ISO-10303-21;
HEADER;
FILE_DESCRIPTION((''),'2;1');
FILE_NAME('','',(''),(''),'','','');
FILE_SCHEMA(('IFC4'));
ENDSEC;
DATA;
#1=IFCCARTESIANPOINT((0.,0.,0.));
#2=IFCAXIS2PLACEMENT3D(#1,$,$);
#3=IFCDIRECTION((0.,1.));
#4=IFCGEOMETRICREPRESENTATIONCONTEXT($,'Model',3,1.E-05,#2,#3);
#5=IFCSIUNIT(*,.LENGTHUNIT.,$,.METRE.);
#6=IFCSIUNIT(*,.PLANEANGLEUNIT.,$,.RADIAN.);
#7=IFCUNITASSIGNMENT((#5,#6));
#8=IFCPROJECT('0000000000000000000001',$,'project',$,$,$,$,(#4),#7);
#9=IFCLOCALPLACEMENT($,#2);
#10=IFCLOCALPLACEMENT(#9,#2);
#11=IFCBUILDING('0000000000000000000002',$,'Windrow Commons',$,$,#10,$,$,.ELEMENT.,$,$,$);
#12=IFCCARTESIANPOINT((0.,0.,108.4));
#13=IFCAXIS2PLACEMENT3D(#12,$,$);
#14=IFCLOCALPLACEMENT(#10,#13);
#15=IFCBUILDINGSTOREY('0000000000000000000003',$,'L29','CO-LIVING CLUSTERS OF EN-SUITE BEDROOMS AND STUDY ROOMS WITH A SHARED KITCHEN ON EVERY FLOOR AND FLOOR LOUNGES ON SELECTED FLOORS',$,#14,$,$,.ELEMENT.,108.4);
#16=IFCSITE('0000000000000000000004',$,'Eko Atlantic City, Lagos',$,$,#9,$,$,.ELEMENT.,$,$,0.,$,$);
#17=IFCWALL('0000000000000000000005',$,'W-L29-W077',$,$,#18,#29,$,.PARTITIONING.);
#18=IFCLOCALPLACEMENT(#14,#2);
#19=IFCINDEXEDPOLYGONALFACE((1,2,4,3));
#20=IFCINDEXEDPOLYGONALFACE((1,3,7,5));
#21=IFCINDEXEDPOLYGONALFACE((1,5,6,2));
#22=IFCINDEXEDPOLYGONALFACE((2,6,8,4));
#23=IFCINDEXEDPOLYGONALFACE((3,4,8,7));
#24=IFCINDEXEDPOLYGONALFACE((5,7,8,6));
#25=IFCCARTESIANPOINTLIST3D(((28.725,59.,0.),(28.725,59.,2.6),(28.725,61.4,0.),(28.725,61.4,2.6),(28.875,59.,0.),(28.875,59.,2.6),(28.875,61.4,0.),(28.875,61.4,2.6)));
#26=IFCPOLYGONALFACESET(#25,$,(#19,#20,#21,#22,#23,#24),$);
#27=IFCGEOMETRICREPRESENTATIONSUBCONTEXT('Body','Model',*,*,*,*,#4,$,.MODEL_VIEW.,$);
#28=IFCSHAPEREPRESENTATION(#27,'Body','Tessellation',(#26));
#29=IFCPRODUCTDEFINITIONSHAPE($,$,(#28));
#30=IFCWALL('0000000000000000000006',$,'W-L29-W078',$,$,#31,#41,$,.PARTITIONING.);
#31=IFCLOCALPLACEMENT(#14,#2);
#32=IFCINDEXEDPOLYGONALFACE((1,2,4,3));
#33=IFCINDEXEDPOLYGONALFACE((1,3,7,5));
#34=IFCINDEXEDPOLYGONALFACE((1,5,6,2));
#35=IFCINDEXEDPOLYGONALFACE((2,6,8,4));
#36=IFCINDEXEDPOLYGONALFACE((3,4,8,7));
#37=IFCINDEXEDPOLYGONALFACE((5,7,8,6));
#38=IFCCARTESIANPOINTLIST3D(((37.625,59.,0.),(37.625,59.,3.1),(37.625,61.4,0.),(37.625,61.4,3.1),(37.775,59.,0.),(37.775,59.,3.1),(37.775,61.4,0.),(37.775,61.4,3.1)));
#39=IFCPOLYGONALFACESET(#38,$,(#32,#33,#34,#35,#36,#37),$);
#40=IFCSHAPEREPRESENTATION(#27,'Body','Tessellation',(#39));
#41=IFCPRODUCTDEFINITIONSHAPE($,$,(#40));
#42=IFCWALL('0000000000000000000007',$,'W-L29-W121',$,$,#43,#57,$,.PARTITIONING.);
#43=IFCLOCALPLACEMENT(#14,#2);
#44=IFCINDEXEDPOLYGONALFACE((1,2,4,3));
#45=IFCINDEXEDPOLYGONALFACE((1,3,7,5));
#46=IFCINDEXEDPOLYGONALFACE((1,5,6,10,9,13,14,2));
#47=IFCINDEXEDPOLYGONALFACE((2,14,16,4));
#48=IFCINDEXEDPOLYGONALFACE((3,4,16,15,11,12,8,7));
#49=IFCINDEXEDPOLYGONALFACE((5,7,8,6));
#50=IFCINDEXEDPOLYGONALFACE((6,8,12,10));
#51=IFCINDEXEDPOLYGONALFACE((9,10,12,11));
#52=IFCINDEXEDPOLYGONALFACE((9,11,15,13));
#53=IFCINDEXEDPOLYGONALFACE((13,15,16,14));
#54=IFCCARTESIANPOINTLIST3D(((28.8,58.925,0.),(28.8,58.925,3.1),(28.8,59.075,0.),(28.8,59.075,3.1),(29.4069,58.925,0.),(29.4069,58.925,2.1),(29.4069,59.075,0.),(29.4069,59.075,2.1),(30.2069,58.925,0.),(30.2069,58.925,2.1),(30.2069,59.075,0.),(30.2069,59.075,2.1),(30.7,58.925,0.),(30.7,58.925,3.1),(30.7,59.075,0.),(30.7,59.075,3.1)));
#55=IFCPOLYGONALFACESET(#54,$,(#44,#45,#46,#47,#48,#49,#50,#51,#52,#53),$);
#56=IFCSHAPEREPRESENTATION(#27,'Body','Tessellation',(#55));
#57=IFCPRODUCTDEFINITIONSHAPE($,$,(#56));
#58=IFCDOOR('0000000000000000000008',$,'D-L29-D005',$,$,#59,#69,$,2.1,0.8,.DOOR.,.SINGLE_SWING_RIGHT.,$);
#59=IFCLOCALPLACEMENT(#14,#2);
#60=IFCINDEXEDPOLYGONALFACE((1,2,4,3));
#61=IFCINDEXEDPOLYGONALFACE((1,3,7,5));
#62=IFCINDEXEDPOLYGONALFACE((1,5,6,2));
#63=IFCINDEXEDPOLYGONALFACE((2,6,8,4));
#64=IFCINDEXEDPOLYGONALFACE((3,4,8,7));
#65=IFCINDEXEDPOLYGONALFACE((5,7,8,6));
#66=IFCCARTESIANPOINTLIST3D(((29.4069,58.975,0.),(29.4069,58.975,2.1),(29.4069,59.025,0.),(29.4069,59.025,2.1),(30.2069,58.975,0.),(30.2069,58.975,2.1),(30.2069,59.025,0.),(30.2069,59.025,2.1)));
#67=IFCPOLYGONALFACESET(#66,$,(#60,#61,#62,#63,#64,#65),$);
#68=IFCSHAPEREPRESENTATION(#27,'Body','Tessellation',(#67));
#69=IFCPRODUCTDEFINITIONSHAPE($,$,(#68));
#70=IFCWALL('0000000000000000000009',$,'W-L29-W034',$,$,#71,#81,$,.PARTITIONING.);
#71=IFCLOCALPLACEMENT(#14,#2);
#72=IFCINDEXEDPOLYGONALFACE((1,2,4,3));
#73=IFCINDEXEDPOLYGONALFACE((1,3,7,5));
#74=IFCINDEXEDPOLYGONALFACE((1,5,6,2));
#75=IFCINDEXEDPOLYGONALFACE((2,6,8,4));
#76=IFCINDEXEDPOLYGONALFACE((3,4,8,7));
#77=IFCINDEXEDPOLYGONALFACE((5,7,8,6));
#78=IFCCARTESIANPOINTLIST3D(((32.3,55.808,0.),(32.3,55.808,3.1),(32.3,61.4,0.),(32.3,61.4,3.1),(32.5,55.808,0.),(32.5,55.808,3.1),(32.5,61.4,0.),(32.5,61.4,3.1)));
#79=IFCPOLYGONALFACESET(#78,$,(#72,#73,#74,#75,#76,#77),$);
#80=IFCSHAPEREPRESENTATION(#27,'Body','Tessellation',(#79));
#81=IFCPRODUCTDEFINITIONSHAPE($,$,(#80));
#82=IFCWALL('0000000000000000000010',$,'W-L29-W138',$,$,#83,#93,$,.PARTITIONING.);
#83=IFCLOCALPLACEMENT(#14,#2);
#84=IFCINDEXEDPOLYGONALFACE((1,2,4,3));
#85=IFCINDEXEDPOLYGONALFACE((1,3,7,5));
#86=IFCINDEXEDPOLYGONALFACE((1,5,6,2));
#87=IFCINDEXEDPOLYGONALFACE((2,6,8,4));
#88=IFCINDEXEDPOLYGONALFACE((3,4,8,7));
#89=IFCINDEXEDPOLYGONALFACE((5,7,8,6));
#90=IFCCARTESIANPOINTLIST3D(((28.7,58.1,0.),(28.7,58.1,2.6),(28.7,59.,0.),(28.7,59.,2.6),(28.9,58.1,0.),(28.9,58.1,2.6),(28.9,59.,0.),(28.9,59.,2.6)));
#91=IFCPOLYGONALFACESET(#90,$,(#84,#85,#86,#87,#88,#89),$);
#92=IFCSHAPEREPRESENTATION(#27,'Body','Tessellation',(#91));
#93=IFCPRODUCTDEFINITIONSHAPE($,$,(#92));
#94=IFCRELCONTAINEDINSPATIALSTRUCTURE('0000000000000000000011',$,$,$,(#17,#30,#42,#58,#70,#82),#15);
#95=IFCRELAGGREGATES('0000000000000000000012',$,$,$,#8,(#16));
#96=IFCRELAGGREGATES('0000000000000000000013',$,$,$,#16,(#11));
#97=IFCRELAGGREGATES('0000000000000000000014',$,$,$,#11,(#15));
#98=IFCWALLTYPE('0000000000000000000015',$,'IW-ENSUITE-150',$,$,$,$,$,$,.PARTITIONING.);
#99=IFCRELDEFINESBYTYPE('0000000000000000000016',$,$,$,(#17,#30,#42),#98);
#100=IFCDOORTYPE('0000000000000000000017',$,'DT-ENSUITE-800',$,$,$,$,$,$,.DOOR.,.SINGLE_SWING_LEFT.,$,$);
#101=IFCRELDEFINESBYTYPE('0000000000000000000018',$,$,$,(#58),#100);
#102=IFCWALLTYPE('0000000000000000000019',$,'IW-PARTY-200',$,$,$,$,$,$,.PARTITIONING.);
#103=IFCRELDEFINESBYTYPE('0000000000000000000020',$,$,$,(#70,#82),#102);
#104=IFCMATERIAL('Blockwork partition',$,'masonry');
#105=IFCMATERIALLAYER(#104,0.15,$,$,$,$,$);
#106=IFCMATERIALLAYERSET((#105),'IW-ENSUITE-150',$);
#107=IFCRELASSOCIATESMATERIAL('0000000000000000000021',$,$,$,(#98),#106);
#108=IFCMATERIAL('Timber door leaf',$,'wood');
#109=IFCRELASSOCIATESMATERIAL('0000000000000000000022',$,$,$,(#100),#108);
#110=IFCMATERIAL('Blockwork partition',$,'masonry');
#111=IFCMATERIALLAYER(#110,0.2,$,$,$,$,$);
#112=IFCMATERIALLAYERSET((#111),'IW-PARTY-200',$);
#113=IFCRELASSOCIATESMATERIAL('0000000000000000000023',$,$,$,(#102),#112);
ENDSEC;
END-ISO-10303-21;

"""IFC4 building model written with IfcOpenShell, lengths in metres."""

from ifc_helpers import new_model, si_unit, direction, frame, frame_2d, origin, place, context, subcontext, project, spatial, rectangle, extrude, material, layer, layer_set, type_object, element, fill, save


model = new_model("IFC4")

# Units and contexts
model_context = context("Model", 3, precision=1e-05, world=origin(), true_north=direction((0.0, 1.0)))
body_context = subcontext(model_context, "Body", "Model", "MODEL_VIEW")
ifc_project = project(units=[si_unit("LENGTHUNIT", "METRE"), si_unit("PLANEANGLEUNIT", "RADIAN")], contexts=[model_context])

# Site, building, storey
site_placement = place(None, origin())
site = spatial("IfcSite", under=ifc_project, at=site_placement, Name="Eko Atlantic City, Lagos", CompositionType="ELEMENT", RefElevation=0.0)
building_placement = place(site_placement, origin())
building = spatial("IfcBuilding", under=site, at=building_placement, Name="Windrow Commons", CompositionType="ELEMENT")
storey_placement = place(building_placement, frame((0.0, 0.0, 108.4)))
storey = spatial("IfcBuildingStorey", under=building, at=storey_placement, Name="L29", Description="CO-LIVING CLUSTERS OF EN-SUITE BEDROOMS AND STUDY ROOMS WITH A SHARED KITCHEN ON EVERY FLOOR AND FLOOR LOUNGES ON SELECTED FLOORS", CompositionType="ELEMENT", Elevation=108.4)

# Walls
ifc_material_1 = material(Name="Blockwork partition", Category="masonry")
ifc_layer_1 = layer(ifc_material_1, 0.15)
ifc_layer_set_1 = layer_set([ifc_layer_1], Name="IW-ENSUITE-150")
wall_type_1 = type_object("IfcWallType", Name="IW-ENSUITE-150", PredefinedType="PARTITIONING", material=ifc_layer_set_1)
wall_1_placement = place(storey_placement, frame((28.8, 59.0, 0.0), z_axis=(0.0, 0.0, 1.0), x_axis=(0.0, 1.0, 0.0)))
element("IfcWall", 1, at=wall_1_placement, inside=storey, type_object=wall_type_1, Name="W-L29-W077", PredefinedType="PARTITIONING", context=body_context, shape_type="SweptSolid", body=[
    extrude(rectangle(XDim=2.4, YDim=0.15, at=frame_2d((1.2, 0.0))), origin(), (0.0, 0.0, 1.0), 2.6),
])
wall_2_placement = place(storey_placement, frame((37.7, 59.0, 0.0), z_axis=(0.0, 0.0, 1.0), x_axis=(0.0, 1.0, 0.0)))
element("IfcWall", 2, at=wall_2_placement, inside=storey, type_object=wall_type_1, Name="W-L29-W078", PredefinedType="PARTITIONING", context=body_context, shape_type="SweptSolid", body=[
    extrude(rectangle(XDim=2.4, YDim=0.15, at=frame_2d((1.2, 0.0))), origin(), (0.0, 0.0, 1.0), 3.1),
])

# Wall, opening, door
wall_3_placement = place(storey_placement, frame((28.8, 59.0, 0.0), z_axis=(0.0, 0.0, 1.0), x_axis=(1.0, 0.0, 0.0)))
wall_3 = element("IfcWall", 3, at=wall_3_placement, inside=storey, type_object=wall_type_1, Name="W-L29-W121", PredefinedType="PARTITIONING", context=body_context, shape_type="SweptSolid", body=[
    extrude(rectangle(XDim=1.9, YDim=0.15, at=frame_2d((0.95, 0.0))), origin(), (0.0, 0.0, 1.0), 3.1),
])
opening_1_placement = place(wall_3_placement, frame((0.6069, 0.0, 0.0)))
opening_1 = element("IfcOpeningElement", 4, at=opening_1_placement, cuts=wall_3, PredefinedType="OPENING", context=body_context, shape_type="SweptSolid", body=[
    extrude(rectangle(XDim=0.8, YDim=2.1, at=frame_2d((0.4, 1.05))), frame((0.0, 0.085, 0.0), z_axis=(0.0, -1.0, 0.0), x_axis=(1.0, 0.0, 0.0)), (0.0, 0.0, 1.0), 0.17),
])
ifc_material_2 = material(Name="Timber door leaf", Category="wood")
door_type = type_object("IfcDoorType", Name="DT-ENSUITE-800", OperationType="SINGLE_SWING_LEFT", PredefinedType="DOOR", material=ifc_material_2)
door_placement = place(opening_1_placement, origin())
door = element("IfcDoor", 5, at=door_placement, inside=storey, type_object=door_type, Name="D-L29-D005", OperationType="SINGLE_SWING_RIGHT", OverallHeight=2.1, OverallWidth=0.8, PredefinedType="DOOR", context=body_context, shape_type="SweptSolid", body=[
    extrude(rectangle(XDim=0.8, YDim=2.1, at=frame_2d((0.4, 1.05))), frame((0.0, 0.025, 0.0), z_axis=(0.0, -1.0, 0.0), x_axis=(1.0, 0.0, 0.0)), (0.0, 0.0, 1.0), 0.05),
])
fill(opening_1, door)

# Walls
ifc_material_3 = material(Name="Blockwork partition", Category="masonry")
ifc_layer_2 = layer(ifc_material_3, 0.2)
ifc_layer_set_2 = layer_set([ifc_layer_2], Name="IW-PARTY-200")
wall_type_2 = type_object("IfcWallType", Name="IW-PARTY-200", PredefinedType="PARTITIONING", material=ifc_layer_set_2)
wall_4_placement = place(storey_placement, frame((32.4, 55.808, 0.0), z_axis=(0.0, 0.0, 1.0), x_axis=(0.0, 1.0, 0.0)))
element("IfcWall", 6, at=wall_4_placement, inside=storey, type_object=wall_type_2, Name="W-L29-W034", PredefinedType="PARTITIONING", context=body_context, shape_type="SweptSolid", body=[
    extrude(rectangle(XDim=5.592, YDim=0.2, at=frame_2d((2.796, 0.0))), origin(), (0.0, 0.0, 1.0), 3.1),
])
wall_5_placement = place(storey_placement, frame((28.8, 58.1, 0.0), z_axis=(0.0, 0.0, 1.0), x_axis=(0.0, 1.0, 0.0)))
element("IfcWall", 7, at=wall_5_placement, inside=storey, type_object=wall_type_2, Name="W-L29-W138", PredefinedType="PARTITIONING", context=body_context, shape_type="SweptSolid", body=[
    extrude(rectangle(XDim=0.9, YDim=0.2, at=frame_2d((0.45, 0.0))), origin(), (0.0, 0.0, 1.0), 2.6),
])

save(model, "model.ifc")
